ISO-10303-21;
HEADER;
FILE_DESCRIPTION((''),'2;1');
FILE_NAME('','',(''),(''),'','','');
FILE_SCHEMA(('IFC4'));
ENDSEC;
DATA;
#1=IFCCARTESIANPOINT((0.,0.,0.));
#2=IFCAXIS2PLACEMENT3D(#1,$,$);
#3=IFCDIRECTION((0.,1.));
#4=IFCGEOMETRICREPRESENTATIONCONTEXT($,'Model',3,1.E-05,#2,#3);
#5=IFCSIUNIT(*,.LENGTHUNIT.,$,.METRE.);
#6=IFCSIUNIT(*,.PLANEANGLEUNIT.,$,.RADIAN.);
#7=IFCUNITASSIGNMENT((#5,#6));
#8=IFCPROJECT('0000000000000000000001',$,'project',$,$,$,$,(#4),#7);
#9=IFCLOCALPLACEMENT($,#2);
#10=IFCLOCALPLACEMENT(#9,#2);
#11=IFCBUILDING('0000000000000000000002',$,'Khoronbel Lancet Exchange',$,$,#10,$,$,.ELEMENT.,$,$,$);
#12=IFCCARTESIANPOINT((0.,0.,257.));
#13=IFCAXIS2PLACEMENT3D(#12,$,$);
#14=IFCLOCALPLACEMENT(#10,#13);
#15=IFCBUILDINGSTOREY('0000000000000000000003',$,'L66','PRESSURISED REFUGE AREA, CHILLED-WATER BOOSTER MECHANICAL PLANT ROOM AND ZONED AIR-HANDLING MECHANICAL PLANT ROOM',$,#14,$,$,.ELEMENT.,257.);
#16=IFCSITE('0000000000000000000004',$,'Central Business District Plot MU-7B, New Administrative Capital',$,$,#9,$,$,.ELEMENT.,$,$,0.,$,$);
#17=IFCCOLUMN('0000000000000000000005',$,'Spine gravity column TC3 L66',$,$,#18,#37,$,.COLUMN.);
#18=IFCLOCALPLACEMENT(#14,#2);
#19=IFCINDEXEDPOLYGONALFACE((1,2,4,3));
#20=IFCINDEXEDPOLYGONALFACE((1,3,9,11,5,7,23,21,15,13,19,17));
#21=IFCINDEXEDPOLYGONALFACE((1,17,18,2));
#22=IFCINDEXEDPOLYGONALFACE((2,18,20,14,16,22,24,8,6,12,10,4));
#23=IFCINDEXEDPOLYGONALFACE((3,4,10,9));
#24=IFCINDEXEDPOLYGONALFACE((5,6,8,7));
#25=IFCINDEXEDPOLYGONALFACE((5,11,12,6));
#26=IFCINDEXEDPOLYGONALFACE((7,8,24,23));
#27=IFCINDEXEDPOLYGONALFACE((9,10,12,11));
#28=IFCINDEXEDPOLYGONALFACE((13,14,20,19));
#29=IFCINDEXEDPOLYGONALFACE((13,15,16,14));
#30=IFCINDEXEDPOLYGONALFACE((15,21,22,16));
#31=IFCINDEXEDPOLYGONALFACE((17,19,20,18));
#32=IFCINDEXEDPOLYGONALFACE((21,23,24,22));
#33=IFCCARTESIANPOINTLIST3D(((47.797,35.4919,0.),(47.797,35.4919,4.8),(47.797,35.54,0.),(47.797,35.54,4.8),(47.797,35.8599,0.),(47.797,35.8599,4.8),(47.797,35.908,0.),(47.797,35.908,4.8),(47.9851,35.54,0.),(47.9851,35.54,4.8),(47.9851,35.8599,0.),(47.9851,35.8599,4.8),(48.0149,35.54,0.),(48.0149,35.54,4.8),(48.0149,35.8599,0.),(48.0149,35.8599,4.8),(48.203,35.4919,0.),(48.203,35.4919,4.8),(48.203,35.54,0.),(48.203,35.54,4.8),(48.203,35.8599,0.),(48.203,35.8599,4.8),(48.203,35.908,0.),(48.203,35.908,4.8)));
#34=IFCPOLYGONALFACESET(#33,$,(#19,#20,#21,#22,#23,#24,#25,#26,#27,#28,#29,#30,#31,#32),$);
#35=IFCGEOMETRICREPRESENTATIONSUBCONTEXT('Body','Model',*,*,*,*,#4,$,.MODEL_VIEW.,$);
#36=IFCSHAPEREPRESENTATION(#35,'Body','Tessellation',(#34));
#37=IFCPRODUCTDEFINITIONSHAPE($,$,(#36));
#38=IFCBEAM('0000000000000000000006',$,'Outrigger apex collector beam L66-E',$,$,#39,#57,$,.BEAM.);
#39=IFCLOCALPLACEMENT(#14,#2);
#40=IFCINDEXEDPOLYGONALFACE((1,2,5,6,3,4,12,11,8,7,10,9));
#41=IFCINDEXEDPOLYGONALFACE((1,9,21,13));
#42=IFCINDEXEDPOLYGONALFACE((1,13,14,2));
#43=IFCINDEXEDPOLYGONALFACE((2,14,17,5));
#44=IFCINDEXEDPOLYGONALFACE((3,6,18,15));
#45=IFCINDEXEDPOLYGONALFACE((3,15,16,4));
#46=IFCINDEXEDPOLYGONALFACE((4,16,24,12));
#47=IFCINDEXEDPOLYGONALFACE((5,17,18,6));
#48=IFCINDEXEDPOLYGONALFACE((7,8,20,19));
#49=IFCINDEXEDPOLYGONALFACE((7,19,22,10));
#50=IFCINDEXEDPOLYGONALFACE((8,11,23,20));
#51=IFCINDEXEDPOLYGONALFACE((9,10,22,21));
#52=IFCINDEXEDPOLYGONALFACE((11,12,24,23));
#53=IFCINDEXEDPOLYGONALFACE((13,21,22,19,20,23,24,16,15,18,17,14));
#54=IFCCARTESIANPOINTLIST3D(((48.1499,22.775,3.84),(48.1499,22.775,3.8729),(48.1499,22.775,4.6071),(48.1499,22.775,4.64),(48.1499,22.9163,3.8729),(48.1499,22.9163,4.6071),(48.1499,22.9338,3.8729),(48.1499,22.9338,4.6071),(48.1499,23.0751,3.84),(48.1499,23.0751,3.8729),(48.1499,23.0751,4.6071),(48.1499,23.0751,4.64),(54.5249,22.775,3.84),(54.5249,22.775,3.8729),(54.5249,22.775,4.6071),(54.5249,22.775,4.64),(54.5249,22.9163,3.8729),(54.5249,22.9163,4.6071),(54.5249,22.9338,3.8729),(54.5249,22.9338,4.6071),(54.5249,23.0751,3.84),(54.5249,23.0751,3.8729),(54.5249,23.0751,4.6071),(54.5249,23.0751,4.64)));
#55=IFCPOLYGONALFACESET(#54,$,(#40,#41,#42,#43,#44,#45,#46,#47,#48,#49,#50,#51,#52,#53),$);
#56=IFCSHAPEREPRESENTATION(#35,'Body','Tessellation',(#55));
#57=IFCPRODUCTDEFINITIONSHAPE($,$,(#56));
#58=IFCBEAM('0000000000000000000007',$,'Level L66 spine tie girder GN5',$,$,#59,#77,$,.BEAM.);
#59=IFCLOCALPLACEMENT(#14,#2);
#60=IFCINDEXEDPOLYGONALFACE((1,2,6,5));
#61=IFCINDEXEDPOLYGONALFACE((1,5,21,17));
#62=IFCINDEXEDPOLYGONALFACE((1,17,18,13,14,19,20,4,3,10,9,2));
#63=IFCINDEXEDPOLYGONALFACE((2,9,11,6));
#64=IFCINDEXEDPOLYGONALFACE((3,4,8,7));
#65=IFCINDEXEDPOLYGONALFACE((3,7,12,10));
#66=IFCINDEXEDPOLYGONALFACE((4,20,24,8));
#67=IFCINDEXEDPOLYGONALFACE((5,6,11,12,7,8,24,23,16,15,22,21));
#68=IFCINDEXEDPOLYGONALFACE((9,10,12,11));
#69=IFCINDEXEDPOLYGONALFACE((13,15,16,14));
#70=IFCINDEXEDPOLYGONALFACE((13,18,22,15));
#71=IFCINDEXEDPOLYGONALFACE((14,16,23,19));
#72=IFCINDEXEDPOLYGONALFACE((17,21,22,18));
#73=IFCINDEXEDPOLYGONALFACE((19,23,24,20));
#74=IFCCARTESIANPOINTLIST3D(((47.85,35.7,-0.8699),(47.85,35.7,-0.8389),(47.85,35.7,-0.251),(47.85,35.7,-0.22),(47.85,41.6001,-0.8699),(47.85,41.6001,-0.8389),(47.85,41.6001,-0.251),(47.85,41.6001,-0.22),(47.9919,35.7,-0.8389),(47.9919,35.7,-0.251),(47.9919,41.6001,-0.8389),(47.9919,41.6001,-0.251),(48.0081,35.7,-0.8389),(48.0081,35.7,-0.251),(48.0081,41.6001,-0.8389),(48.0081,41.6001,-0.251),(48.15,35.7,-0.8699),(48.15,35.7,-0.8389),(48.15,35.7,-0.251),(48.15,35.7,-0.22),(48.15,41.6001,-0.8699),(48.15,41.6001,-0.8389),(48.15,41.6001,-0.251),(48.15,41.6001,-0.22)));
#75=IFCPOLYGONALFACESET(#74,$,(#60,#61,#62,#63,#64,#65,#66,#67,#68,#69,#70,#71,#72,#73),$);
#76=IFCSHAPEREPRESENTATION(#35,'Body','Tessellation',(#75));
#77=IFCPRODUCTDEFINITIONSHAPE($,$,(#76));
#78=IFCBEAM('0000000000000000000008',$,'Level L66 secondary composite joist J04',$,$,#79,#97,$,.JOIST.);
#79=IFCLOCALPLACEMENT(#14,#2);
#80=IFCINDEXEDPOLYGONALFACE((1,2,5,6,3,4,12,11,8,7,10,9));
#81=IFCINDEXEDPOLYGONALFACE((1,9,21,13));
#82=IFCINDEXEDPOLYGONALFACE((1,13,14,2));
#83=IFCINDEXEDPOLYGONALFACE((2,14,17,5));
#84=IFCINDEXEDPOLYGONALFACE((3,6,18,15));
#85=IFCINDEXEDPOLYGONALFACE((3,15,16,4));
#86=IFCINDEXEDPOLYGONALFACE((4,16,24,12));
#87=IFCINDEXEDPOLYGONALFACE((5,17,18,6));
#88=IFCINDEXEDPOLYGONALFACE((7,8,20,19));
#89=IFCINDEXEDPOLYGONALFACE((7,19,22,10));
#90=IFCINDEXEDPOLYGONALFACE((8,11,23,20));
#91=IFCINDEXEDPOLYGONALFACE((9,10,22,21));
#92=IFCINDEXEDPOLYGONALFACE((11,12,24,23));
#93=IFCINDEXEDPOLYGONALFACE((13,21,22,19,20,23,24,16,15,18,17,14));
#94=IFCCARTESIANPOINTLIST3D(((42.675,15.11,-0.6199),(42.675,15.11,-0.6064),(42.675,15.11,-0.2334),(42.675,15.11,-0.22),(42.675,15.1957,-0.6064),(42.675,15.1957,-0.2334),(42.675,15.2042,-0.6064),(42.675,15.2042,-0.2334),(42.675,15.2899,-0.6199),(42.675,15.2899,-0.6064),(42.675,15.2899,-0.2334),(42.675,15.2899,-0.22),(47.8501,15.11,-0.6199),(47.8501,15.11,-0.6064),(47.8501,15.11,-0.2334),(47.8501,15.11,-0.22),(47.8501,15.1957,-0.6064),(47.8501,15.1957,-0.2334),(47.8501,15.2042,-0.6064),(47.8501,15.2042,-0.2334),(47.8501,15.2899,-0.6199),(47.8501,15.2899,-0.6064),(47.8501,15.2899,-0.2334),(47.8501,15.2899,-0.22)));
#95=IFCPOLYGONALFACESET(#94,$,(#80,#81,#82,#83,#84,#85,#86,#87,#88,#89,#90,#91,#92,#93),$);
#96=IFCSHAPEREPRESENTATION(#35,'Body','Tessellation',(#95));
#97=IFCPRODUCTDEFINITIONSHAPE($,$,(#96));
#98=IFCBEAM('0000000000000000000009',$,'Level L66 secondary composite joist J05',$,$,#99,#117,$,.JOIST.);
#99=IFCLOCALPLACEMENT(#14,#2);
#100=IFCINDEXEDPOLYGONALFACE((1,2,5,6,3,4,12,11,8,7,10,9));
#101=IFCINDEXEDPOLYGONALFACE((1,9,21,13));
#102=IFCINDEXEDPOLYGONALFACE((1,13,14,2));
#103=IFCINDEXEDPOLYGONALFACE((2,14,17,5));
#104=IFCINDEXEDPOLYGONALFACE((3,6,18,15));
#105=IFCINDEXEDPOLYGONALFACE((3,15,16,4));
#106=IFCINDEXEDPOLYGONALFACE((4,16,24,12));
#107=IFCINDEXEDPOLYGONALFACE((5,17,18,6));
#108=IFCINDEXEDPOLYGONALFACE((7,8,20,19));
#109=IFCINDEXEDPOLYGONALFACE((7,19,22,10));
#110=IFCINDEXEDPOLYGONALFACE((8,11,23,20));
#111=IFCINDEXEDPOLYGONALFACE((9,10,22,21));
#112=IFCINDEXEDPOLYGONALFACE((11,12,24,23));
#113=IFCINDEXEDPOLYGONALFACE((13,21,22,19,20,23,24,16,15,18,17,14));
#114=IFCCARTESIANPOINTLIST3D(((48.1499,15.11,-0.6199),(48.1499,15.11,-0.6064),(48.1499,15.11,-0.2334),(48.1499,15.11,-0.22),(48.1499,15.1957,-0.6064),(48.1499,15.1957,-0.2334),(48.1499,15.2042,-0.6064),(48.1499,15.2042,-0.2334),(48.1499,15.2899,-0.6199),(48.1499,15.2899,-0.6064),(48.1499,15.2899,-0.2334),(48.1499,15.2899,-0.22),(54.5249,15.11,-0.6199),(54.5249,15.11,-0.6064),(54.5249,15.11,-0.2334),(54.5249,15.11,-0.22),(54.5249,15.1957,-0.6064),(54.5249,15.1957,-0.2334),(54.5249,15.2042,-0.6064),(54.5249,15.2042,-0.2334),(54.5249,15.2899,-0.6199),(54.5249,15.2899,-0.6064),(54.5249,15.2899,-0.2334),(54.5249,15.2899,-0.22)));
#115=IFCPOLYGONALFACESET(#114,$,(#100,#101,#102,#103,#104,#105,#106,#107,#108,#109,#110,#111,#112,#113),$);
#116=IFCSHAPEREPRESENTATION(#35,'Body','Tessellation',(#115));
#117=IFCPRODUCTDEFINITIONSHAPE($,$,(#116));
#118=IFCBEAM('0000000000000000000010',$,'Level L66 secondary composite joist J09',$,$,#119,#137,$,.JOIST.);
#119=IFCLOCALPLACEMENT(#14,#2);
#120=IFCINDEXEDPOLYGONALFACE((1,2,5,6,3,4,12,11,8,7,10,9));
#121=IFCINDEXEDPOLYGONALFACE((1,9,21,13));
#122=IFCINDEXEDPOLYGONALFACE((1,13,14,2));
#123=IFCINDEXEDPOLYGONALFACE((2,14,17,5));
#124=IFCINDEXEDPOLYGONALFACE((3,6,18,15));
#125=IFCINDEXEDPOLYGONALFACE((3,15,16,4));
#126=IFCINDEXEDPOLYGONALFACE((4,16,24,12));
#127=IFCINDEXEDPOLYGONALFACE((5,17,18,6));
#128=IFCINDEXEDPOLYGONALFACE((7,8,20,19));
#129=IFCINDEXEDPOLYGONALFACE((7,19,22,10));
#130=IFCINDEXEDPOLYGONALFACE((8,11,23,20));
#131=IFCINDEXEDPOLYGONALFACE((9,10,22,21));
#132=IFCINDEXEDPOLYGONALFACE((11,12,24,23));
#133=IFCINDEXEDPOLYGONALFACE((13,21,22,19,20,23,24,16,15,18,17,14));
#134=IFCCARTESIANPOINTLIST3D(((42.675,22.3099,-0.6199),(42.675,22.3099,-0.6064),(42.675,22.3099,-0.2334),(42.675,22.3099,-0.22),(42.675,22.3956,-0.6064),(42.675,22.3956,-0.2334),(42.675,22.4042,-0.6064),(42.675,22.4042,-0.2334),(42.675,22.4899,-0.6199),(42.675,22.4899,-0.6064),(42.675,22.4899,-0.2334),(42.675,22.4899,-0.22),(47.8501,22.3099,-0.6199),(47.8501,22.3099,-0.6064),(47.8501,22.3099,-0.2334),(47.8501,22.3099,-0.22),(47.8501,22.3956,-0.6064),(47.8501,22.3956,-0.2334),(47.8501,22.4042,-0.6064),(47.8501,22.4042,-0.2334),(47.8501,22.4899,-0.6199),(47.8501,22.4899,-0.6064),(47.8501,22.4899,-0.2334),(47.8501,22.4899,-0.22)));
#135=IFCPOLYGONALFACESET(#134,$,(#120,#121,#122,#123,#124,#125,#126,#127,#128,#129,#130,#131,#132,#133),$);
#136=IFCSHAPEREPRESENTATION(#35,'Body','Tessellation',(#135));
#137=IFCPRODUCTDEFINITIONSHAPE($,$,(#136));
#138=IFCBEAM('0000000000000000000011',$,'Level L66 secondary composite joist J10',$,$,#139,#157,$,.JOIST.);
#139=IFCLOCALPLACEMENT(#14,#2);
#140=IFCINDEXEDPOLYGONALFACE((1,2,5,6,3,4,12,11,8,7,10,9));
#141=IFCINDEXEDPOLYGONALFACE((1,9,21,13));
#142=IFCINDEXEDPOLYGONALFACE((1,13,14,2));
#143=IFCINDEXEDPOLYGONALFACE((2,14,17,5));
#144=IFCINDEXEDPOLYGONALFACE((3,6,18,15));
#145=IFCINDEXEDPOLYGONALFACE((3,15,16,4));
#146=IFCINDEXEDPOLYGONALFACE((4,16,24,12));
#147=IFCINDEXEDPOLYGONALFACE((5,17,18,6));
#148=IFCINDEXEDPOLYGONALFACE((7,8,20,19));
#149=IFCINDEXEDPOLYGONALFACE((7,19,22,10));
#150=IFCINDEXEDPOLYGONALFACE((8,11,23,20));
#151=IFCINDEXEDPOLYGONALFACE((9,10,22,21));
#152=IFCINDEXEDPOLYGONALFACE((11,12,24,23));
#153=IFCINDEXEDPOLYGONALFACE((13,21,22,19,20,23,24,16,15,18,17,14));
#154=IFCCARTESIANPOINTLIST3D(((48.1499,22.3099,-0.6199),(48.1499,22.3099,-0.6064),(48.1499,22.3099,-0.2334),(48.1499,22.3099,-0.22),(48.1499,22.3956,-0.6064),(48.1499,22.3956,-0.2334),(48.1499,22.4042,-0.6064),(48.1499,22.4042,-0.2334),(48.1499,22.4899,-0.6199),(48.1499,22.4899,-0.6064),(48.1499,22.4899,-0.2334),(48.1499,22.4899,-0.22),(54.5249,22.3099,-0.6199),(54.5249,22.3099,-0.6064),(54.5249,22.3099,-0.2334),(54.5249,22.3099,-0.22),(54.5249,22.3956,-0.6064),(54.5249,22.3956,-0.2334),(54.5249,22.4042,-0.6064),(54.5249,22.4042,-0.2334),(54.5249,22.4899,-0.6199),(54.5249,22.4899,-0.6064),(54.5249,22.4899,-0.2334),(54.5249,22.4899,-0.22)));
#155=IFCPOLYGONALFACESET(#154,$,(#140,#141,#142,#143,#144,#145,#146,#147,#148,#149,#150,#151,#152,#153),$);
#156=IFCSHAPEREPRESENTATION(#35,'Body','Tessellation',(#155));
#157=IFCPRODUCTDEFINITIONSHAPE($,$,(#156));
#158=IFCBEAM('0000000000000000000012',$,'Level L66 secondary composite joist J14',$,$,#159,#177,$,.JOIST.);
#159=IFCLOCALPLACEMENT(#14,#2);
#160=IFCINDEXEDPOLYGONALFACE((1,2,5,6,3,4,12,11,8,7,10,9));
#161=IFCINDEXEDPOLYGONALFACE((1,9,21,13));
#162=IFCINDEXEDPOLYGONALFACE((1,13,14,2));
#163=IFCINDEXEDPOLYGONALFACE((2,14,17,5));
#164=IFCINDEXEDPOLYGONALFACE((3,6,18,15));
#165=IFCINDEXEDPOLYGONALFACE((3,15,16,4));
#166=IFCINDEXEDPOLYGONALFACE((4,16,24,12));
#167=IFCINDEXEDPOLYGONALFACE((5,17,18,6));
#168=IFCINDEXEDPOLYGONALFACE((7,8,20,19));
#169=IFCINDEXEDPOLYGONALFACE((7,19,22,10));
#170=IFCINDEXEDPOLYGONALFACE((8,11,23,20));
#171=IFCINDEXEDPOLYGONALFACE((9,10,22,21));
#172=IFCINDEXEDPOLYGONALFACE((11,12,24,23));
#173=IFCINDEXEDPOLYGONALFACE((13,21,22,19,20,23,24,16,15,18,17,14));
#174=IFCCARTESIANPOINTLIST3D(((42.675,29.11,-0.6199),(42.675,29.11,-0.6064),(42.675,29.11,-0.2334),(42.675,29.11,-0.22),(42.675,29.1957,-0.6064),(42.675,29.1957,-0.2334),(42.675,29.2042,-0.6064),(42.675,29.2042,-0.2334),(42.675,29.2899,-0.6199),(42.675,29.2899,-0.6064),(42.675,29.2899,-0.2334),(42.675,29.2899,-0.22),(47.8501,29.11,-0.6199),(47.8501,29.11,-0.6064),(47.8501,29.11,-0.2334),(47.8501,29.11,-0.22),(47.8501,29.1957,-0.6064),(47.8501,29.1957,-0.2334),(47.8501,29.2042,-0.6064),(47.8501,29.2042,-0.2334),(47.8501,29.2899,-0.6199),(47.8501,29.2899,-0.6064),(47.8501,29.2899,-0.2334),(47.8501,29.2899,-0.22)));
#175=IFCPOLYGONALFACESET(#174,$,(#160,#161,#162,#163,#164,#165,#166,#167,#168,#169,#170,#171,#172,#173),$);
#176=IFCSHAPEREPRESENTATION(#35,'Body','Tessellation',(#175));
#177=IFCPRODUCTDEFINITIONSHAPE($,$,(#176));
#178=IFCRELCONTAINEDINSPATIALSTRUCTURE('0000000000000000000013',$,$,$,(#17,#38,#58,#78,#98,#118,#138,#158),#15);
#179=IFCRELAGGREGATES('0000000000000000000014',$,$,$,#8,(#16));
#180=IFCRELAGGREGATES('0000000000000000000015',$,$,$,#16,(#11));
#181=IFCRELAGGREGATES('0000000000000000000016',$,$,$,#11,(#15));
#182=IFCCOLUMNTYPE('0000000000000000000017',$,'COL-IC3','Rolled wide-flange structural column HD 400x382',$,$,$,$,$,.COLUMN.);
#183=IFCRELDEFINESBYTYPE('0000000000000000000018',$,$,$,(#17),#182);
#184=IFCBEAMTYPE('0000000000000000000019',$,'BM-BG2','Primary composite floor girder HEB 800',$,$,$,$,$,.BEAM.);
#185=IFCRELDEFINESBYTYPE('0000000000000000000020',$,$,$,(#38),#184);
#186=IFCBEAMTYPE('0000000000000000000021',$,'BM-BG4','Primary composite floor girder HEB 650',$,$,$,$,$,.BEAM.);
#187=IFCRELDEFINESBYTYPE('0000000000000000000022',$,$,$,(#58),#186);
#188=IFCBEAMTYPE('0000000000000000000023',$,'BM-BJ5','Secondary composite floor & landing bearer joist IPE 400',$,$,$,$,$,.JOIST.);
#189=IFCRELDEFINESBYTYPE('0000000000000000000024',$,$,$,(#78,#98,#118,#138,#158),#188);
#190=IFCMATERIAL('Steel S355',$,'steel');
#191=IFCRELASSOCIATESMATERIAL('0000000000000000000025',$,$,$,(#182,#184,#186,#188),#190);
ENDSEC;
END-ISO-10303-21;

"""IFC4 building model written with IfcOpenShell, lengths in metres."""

from ifc_helpers import new_model, si_unit, direction, frame, origin, origin_2d, place, context, subcontext, project, spatial, i_section, extrude, material, material_profile, profile_set, type_object, element, save


model = new_model("IFC4")

# Units and contexts
model_context = context("Model", 3, precision=1e-05, world=origin(), true_north=direction((0.0, 1.0)))
body_context = subcontext(model_context, "Body", "Model", "MODEL_VIEW")
ifc_project = project(units=[si_unit("LENGTHUNIT", "METRE"), si_unit("PLANEANGLEUNIT", "RADIAN")], contexts=[model_context])

# Site, building, storey
site_placement = place(None, origin())
site = spatial("IfcSite", under=ifc_project, at=site_placement, Name="Central Business District Plot MU-7B, New Administrative Capital", CompositionType="ELEMENT", RefElevation=0.0)
building_placement = place(site_placement, origin())
building = spatial("IfcBuilding", under=site, at=building_placement, Name="Khoronbel Lancet Exchange", CompositionType="ELEMENT")
storey_placement = place(building_placement, frame((0.0, 0.0, 257.0)))
storey = spatial("IfcBuildingStorey", under=building, at=storey_placement, Name="L66", Description="PRESSURISED REFUGE AREA, CHILLED-WATER BOOSTER MECHANICAL PLANT ROOM AND ZONED AIR-HANDLING MECHANICAL PLANT ROOM", CompositionType="ELEMENT", Elevation=257.0)

# Column
ifc_material_1 = material(Name="Steel S355", Category="steel")
ifc_material_profile_1 = material_profile(ifc_material_1, i_section(OverallWidth=0.406, OverallDepth=0.416, WebThickness=0.0298, FlangeThickness=0.0481, at=origin_2d()), Name="HD 400x382")
ifc_profile_set_1 = profile_set([ifc_material_profile_1], Name="Steel S355")
column_type = type_object("IfcColumnType", Name="COL-IC3", Description="Rolled wide-flange structural column HD 400x382", PredefinedType="COLUMN", material=ifc_profile_set_1)
column_placement = place(storey_placement, frame((48.0, 35.7, 0.0), z_axis=(0.0, 0.0, 1.0), x_axis=(1.0, 0.0, 0.0)))
element("IfcColumn", 1, at=column_placement, inside=storey, type_object=column_type, Name="Spine gravity column TC3 L66", PredefinedType="COLUMN", context=body_context, shape_type="SweptSolid", body=[
    extrude(i_section(OverallWidth=0.406, OverallDepth=0.416, WebThickness=0.0298, FlangeThickness=0.0481, at=origin_2d()), origin(), (0.0, 0.0, 1.0), 4.8),
])

# Beams
ifc_material_profile_2 = material_profile(ifc_material_1, i_section(OverallWidth=0.3, OverallDepth=0.8, WebThickness=0.0176, FlangeThickness=0.033, at=origin_2d()), Name="HEB 800")
ifc_profile_set_2 = profile_set([ifc_material_profile_2], Name="Steel S355")
beam_type_1 = type_object("IfcBeamType", Name="BM-BG2", Description="Primary composite floor girder HEB 800", PredefinedType="BEAM", material=ifc_profile_set_2)
beam_1_placement = place(storey_placement, frame((48.1499, 22.925, 4.24), z_axis=(1.0, 0.0, 0.0), x_axis=(0.0, 1.0, 0.0)))
element("IfcBeam", 2, at=beam_1_placement, inside=storey, type_object=beam_type_1, Name="Outrigger apex collector beam L66-E", PredefinedType="BEAM", context=body_context, shape_type="SweptSolid", body=[
    extrude(i_section(OverallWidth=0.3, OverallDepth=0.8, WebThickness=0.0176, FlangeThickness=0.033, at=origin_2d()), origin(), (0.0, 0.0, 1.0), 6.375),
])
ifc_material_profile_3 = material_profile(ifc_material_1, i_section(OverallWidth=0.3, OverallDepth=0.6499, WebThickness=0.0161, FlangeThickness=0.031, at=origin_2d()), Name="HEB 650")
ifc_profile_set_3 = profile_set([ifc_material_profile_3], Name="Steel S355")
beam_type_2 = type_object("IfcBeamType", Name="BM-BG4", Description="Primary composite floor girder HEB 650", PredefinedType="BEAM", material=ifc_profile_set_3)
beam_2_placement = place(storey_placement, frame((48.0, 35.7, -0.5449), z_axis=(0.0, 1.0, 0.0), x_axis=(-1.0, 0.0, 0.0)))
element("IfcBeam", 3, at=beam_2_placement, inside=storey, type_object=beam_type_2, Name="Level L66 spine tie girder GN5", PredefinedType="BEAM", context=body_context, shape_type="SweptSolid", body=[
    extrude(i_section(OverallWidth=0.3, OverallDepth=0.6499, WebThickness=0.0161, FlangeThickness=0.031, at=origin_2d()), origin(), (0.0, 0.0, 1.0), 5.9001),
])
ifc_material_profile_4 = material_profile(ifc_material_1, i_section(OverallWidth=0.1799, OverallDepth=0.3999, WebThickness=0.0085, FlangeThickness=0.0134, at=origin_2d()), Name="IPE 400")
ifc_profile_set_4 = profile_set([ifc_material_profile_4], Name="Steel S355")
beam_type_3 = type_object("IfcBeamType", Name="BM-BJ5", Description="Secondary composite floor & landing bearer joist IPE 400", PredefinedType="JOIST", material=ifc_profile_set_4)
beam_3_placement = place(storey_placement, frame((42.675, 15.2, -0.4199), z_axis=(1.0, 0.0, 0.0), x_axis=(0.0, 1.0, 0.0)))
element("IfcBeam", 4, at=beam_3_placement, inside=storey, type_object=beam_type_3, Name="Level L66 secondary composite joist J04", PredefinedType="JOIST", context=body_context, shape_type="SweptSolid", body=[
    extrude(i_section(OverallWidth=0.1799, OverallDepth=0.3999, WebThickness=0.0085, FlangeThickness=0.0134, at=origin_2d()), origin(), (0.0, 0.0, 1.0), 5.175),
])
beam_4_placement = place(storey_placement, frame((48.1499, 15.2, -0.4199), z_axis=(1.0, 0.0, 0.0), x_axis=(0.0, 1.0, 0.0)))
element("IfcBeam", 5, at=beam_4_placement, inside=storey, type_object=beam_type_3, Name="Level L66 secondary composite joist J05", PredefinedType="JOIST", context=body_context, shape_type="SweptSolid", body=[
    extrude(i_section(OverallWidth=0.1799, OverallDepth=0.3999, WebThickness=0.0085, FlangeThickness=0.0134, at=origin_2d()), origin(), (0.0, 0.0, 1.0), 6.375),
])
beam_5_placement = place(storey_placement, frame((42.675, 22.3999, -0.4199), z_axis=(1.0, 0.0, 0.0), x_axis=(0.0, 1.0, 0.0)))
element("IfcBeam", 6, at=beam_5_placement, inside=storey, type_object=beam_type_3, Name="Level L66 secondary composite joist J09", PredefinedType="JOIST", context=body_context, shape_type="SweptSolid", body=[
    extrude(i_section(OverallWidth=0.1799, OverallDepth=0.3999, WebThickness=0.0085, FlangeThickness=0.0134, at=origin_2d()), origin(), (0.0, 0.0, 1.0), 5.175),
])
beam_6_placement = place(storey_placement, frame((48.1499, 22.3999, -0.4199), z_axis=(1.0, 0.0, 0.0), x_axis=(0.0, 1.0, 0.0)))
element("IfcBeam", 7, at=beam_6_placement, inside=storey, type_object=beam_type_3, Name="Level L66 secondary composite joist J10", PredefinedType="JOIST", context=body_context, shape_type="SweptSolid", body=[
    extrude(i_section(OverallWidth=0.1799, OverallDepth=0.3999, WebThickness=0.0085, FlangeThickness=0.0134, at=origin_2d()), origin(), (0.0, 0.0, 1.0), 6.375),
])
beam_7_placement = place(storey_placement, frame((42.675, 29.2, -0.4199), z_axis=(1.0, 0.0, 0.0), x_axis=(0.0, 1.0, 0.0)))
element("IfcBeam", 8, at=beam_7_placement, inside=storey, type_object=beam_type_3, Name="Level L66 secondary composite joist J14", PredefinedType="JOIST", context=body_context, shape_type="SweptSolid", body=[
    extrude(i_section(OverallWidth=0.1799, OverallDepth=0.3999, WebThickness=0.0085, FlangeThickness=0.0134, at=origin_2d()), origin(), (0.0, 0.0, 1.0), 5.175),
])

save(model, "model.ifc")
